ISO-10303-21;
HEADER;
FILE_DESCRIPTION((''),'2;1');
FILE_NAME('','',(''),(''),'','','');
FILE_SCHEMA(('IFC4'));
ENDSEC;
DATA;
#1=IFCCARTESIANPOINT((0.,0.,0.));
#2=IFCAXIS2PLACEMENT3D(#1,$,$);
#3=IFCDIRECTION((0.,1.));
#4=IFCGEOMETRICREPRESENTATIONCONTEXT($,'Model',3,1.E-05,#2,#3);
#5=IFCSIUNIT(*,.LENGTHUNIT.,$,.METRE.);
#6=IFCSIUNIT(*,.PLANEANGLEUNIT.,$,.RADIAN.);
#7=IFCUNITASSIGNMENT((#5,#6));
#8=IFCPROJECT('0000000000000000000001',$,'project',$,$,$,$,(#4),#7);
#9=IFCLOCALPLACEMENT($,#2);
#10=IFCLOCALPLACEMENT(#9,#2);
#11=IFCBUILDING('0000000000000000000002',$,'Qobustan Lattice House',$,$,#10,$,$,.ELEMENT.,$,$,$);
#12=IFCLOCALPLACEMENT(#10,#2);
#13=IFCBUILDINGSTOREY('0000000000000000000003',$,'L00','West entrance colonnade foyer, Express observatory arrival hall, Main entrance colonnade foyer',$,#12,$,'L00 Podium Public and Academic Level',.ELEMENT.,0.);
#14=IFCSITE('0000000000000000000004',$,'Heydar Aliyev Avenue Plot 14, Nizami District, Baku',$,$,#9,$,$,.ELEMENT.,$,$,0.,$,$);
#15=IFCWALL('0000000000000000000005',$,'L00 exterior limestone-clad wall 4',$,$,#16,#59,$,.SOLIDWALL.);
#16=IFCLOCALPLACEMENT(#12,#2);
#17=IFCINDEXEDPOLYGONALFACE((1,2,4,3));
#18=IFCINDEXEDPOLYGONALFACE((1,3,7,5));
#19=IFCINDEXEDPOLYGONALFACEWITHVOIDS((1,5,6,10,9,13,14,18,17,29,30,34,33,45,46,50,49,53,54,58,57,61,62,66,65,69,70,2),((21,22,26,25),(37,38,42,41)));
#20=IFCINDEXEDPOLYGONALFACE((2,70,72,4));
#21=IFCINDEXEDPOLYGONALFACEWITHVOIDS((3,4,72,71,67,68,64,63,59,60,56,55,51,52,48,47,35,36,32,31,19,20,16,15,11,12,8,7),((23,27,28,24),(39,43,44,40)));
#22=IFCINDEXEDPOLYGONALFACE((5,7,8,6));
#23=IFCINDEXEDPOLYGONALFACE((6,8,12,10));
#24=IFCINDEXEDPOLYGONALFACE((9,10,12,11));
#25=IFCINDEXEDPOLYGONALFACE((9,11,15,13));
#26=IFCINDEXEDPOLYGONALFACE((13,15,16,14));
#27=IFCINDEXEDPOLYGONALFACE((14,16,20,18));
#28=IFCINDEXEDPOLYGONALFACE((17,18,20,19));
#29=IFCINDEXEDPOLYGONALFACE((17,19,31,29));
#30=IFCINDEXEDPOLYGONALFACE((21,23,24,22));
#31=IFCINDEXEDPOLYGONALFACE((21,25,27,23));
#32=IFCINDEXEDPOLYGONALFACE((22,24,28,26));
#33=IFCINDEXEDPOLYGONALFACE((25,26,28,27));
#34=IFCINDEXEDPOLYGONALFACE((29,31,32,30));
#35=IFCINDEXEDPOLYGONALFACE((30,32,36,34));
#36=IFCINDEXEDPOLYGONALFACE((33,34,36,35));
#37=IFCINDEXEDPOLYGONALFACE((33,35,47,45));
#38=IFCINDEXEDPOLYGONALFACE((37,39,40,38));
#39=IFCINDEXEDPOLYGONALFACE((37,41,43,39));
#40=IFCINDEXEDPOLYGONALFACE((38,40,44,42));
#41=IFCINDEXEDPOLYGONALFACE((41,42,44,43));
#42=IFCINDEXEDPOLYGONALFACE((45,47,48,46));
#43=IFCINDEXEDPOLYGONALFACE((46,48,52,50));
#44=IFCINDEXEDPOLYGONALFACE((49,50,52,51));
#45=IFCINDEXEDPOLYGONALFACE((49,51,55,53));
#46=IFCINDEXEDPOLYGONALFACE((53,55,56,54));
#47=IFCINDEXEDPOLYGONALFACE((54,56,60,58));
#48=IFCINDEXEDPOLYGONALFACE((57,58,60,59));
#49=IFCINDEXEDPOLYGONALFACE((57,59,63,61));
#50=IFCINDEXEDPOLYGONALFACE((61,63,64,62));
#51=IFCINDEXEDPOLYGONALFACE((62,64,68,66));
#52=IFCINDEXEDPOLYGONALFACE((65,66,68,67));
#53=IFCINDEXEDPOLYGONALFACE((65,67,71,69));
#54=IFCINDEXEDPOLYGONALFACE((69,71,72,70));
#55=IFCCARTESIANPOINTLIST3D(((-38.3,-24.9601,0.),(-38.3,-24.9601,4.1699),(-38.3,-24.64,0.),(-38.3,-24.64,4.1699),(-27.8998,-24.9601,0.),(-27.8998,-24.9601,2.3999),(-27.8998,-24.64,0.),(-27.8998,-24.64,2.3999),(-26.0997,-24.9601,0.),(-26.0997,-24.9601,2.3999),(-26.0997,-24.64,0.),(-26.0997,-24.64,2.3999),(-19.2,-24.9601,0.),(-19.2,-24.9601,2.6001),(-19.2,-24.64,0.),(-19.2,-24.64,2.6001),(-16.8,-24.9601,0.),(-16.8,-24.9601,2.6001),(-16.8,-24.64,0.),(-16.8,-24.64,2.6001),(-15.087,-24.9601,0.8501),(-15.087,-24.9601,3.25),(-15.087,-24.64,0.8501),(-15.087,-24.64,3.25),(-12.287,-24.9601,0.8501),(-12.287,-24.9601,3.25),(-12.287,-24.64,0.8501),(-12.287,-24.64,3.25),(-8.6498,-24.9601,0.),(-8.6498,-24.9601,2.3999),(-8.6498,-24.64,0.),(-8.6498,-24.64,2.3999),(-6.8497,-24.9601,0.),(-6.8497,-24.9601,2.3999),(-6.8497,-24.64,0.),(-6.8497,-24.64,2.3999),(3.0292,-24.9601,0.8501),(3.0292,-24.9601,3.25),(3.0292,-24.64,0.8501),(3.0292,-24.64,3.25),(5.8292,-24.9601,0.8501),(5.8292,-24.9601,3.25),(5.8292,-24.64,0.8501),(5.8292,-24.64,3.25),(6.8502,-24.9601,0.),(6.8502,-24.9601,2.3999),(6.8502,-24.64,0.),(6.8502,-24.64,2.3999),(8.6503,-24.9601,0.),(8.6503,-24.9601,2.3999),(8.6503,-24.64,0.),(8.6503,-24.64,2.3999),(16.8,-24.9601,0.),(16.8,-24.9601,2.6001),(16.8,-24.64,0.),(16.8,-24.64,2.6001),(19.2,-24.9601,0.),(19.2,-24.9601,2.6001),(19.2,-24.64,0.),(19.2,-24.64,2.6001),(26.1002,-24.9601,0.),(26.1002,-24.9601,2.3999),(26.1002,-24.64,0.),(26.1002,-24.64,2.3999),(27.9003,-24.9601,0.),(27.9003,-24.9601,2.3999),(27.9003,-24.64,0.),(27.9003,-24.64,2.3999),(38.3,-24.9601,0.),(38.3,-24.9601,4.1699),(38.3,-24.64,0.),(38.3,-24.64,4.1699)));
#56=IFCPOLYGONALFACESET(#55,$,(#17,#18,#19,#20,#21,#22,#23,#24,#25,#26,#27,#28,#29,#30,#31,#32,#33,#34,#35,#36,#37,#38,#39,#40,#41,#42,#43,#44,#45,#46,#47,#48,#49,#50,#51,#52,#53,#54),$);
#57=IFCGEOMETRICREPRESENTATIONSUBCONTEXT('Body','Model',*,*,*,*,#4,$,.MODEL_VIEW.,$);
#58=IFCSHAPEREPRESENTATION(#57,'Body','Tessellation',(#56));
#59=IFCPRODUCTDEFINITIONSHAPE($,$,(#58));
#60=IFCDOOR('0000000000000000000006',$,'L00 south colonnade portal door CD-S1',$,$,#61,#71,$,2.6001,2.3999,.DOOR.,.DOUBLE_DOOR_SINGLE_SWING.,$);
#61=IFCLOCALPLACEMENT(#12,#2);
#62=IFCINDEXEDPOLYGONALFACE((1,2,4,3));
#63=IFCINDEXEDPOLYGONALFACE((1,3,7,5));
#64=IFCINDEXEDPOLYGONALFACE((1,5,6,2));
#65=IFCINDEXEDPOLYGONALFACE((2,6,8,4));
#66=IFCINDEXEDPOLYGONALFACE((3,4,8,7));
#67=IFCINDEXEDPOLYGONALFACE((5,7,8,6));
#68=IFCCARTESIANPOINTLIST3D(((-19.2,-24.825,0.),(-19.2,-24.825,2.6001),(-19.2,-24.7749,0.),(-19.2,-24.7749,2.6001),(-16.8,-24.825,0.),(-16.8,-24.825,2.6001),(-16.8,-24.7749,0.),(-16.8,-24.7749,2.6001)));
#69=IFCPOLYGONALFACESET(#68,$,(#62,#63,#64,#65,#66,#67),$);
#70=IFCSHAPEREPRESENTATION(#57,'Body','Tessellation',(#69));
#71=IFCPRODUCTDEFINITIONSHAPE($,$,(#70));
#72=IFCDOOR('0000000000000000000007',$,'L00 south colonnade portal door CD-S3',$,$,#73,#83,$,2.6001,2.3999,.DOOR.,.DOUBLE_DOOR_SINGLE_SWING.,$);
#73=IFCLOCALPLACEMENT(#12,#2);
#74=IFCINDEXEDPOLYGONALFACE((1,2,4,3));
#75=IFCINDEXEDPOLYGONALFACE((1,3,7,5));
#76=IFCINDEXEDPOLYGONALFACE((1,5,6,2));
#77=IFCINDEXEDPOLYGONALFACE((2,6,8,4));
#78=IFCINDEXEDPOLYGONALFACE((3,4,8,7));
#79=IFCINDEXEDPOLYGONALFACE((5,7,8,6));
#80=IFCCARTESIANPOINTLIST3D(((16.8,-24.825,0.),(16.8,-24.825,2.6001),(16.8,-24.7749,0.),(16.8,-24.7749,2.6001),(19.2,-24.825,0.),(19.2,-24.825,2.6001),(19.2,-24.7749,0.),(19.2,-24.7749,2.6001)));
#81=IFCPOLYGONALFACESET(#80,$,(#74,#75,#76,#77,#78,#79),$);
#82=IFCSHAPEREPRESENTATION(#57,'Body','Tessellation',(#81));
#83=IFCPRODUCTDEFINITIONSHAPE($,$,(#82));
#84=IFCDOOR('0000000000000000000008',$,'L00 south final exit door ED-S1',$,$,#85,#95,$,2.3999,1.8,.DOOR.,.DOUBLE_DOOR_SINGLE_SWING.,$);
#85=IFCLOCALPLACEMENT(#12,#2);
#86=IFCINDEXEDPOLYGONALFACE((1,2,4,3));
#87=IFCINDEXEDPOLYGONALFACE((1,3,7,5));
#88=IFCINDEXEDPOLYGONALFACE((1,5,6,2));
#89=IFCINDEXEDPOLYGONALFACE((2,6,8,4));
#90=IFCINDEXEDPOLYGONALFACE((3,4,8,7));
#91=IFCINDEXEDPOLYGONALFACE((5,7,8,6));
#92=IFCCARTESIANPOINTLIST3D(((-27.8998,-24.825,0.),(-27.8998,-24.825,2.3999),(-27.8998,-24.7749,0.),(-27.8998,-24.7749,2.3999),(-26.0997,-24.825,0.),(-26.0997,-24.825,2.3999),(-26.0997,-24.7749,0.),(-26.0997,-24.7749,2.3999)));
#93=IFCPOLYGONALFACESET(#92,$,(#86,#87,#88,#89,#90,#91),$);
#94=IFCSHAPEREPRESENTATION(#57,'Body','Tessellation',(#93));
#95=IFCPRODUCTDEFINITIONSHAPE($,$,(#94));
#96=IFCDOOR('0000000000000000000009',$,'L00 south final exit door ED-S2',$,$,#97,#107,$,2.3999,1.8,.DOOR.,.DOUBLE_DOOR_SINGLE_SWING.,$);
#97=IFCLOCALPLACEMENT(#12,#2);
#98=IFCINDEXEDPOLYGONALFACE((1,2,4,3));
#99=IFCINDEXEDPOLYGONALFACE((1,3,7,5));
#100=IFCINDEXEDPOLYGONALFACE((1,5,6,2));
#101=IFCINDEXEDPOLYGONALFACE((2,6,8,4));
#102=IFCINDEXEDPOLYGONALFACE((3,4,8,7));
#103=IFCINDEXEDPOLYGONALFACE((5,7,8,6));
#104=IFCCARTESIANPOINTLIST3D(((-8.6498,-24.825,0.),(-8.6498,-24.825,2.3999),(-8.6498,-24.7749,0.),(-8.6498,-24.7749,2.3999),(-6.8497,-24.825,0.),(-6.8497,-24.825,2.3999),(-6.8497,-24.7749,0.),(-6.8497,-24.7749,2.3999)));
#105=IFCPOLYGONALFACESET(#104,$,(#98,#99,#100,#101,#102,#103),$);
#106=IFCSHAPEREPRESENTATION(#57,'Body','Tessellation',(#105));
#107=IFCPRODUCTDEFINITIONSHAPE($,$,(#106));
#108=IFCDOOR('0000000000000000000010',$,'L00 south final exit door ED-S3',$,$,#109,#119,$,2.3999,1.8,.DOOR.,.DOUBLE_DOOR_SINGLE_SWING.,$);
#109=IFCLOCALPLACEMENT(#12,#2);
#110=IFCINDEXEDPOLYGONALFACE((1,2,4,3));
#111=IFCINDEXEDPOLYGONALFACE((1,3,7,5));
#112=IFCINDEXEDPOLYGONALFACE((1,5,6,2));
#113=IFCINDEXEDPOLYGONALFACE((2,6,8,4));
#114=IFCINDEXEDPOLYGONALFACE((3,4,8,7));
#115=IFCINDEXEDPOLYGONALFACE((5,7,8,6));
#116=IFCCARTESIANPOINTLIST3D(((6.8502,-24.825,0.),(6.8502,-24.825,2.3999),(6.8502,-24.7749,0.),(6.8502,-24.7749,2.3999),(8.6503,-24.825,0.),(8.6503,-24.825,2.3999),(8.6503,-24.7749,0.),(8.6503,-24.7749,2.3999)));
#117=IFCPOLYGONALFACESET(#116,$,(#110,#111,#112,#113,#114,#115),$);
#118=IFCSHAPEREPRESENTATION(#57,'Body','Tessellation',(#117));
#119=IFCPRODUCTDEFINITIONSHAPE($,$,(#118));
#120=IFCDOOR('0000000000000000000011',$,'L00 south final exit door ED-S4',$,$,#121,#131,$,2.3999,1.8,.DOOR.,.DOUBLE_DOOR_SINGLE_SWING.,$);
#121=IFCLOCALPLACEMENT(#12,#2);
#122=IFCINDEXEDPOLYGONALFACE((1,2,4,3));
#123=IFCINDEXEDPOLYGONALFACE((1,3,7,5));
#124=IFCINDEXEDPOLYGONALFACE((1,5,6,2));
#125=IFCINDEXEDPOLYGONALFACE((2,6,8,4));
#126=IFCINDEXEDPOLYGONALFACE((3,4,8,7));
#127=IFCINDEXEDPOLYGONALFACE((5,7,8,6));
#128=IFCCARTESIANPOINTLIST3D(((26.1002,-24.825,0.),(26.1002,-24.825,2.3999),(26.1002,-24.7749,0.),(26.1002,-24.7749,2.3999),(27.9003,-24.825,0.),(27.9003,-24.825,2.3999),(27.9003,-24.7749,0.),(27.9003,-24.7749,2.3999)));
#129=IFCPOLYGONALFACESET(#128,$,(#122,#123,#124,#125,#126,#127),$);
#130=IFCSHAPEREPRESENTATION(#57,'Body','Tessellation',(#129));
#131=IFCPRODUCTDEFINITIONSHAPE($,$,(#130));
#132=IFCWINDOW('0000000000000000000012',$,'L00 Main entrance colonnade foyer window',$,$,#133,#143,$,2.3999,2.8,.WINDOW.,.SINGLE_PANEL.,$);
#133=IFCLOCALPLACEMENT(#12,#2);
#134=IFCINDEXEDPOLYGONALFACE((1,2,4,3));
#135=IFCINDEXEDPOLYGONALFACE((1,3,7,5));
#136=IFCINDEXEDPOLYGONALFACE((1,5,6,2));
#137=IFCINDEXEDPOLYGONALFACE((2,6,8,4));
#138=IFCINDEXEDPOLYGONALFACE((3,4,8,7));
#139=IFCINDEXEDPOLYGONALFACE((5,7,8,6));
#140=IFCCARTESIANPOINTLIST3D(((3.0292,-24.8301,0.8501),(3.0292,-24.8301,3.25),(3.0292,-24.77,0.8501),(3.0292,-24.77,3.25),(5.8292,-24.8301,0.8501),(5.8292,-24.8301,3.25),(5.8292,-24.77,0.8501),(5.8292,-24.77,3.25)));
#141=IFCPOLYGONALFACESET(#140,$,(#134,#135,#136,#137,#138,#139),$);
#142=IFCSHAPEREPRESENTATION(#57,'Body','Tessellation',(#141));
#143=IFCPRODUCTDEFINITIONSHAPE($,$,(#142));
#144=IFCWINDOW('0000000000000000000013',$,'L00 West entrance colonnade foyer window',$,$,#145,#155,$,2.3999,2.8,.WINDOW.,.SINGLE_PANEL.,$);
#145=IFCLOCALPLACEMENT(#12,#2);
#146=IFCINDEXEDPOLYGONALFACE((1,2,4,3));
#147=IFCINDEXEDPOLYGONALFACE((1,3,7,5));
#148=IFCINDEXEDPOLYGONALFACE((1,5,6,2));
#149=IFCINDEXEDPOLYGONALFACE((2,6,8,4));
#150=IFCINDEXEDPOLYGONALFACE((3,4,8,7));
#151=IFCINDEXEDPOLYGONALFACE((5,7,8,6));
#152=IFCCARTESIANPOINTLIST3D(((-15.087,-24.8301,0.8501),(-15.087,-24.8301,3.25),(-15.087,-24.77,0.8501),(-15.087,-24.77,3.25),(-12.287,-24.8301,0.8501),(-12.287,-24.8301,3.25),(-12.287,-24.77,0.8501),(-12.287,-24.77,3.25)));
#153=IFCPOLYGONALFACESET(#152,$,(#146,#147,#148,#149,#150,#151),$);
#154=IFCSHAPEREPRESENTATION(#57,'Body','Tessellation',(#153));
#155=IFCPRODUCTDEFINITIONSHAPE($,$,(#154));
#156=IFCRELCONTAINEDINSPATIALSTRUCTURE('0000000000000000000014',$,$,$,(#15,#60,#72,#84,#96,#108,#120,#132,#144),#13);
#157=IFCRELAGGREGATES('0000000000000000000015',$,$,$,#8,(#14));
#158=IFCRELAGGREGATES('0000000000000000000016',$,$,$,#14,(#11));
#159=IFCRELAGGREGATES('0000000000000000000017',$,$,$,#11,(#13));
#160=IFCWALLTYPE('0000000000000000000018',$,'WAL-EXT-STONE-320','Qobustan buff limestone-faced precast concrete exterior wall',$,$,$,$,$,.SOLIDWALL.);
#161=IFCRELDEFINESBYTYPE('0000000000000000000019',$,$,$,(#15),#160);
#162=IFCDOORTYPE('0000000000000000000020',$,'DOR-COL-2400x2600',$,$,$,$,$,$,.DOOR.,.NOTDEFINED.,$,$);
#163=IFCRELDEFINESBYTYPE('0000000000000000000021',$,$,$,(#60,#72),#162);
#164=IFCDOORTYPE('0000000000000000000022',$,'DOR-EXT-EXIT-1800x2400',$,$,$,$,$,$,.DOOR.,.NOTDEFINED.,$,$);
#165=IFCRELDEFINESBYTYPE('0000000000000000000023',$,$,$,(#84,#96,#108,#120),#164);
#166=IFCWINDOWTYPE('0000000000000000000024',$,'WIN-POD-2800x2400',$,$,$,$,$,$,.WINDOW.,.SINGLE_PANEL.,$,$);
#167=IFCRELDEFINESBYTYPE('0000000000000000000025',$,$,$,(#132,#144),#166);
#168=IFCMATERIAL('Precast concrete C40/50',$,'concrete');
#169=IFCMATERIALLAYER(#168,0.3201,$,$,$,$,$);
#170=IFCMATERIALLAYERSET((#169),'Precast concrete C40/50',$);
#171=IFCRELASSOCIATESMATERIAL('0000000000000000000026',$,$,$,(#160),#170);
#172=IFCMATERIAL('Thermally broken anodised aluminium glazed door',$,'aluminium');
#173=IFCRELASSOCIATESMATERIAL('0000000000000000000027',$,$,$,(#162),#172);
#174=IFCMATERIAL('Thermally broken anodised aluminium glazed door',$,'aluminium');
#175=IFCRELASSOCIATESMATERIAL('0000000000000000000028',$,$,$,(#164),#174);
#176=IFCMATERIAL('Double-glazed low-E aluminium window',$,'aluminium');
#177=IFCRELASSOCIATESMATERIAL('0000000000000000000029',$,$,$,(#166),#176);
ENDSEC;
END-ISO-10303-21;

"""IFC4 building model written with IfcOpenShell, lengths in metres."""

from ifc_helpers import new_model, si_unit, direction, frame, frame_2d, origin, place, context, subcontext, project, spatial, rectangle, extrude, material, layer, layer_set, type_object, element, fill, save


model = new_model("IFC4")

# Units and contexts
model_context = context("Model", 3, precision=1e-05, world=origin(), true_north=direction((0.0, 1.0)))
body_context = subcontext(model_context, "Body", "Model", "MODEL_VIEW")
ifc_project = project(units=[si_unit("LENGTHUNIT", "METRE"), si_unit("PLANEANGLEUNIT", "RADIAN")], contexts=[model_context])

# Site, building, storey
site_placement = place(None, origin())
site = spatial("IfcSite", under=ifc_project, at=site_placement, Name="Heydar Aliyev Avenue Plot 14, Nizami District, Baku", CompositionType="ELEMENT", RefElevation=0.0)
building_placement = place(site_placement, origin())
building = spatial("IfcBuilding", under=site, at=building_placement, Name="Qobustan Lattice House", CompositionType="ELEMENT")
storey_placement = place(building_placement, origin())
storey = spatial("IfcBuildingStorey", under=building, at=storey_placement, Name="L00", Description="West entrance colonnade foyer, Express observatory arrival hall, Main entrance colonnade foyer", LongName="L00 Podium Public and Academic Level", CompositionType="ELEMENT", Elevation=0.0)

# Wall, openings, doors, windows
ifc_material_1 = material(Name="Precast concrete C40/50", Category="concrete")
ifc_layer = layer(ifc_material_1, 0.3201)
ifc_layer_set = layer_set([ifc_layer], Name="Precast concrete C40/50")
wall_type = type_object("IfcWallType", Name="WAL-EXT-STONE-320", Description="Qobustan buff limestone-faced precast concrete exterior wall", PredefinedType="SOLIDWALL", material=ifc_layer_set)
wall_placement = place(storey_placement, frame((38.3, -24.8, 0.0), z_axis=(0.0, 0.0, 1.0), x_axis=(-1.0, 0.0, 0.0)))
wall = element("IfcWall", 1, at=wall_placement, inside=storey, type_object=wall_type, Name="L00 exterior limestone-clad wall 4", PredefinedType="SOLIDWALL", context=body_context, shape_type="SweptSolid", body=[
    extrude(rectangle(XDim=76.6001, YDim=0.3201, at=frame_2d((38.3, 0.0))), origin(), (0.0, 0.0, 1.0), 4.1699),
])
opening_1_placement = place(wall_placement, frame((64.3999, 0.0, 0.0)))
opening_1 = element("IfcOpeningElement", 2, at=opening_1_placement, cuts=wall, PredefinedType="OPENING", context=body_context, shape_type="SweptSolid", body=[
    extrude(rectangle(XDim=1.8, YDim=2.3999, at=frame_2d((0.8999, 1.2))), frame((0.0, 0.1699, 0.0), z_axis=(0.0, -1.0, 0.0), x_axis=(1.0, 0.0, 0.0)), (0.0, 0.0, 1.0), 0.3401),
])
opening_2_placement = place(wall_placement, frame((45.1499, 0.0, 0.0)))
opening_2 = element("IfcOpeningElement", 3, at=opening_2_placement, cuts=wall, PredefinedType="OPENING", context=body_context, shape_type="SweptSolid", body=[
    extrude(rectangle(XDim=1.8, YDim=2.3999, at=frame_2d((0.8999, 1.2))), frame((0.0, 0.1699, 0.0), z_axis=(0.0, -1.0, 0.0), x_axis=(1.0, 0.0, 0.0)), (0.0, 0.0, 1.0), 0.3401),
])
opening_3_placement = place(wall_placement, frame((29.6499, 0.0, 0.0)))
opening_3 = element("IfcOpeningElement", 4, at=opening_3_placement, cuts=wall, PredefinedType="OPENING", context=body_context, shape_type="SweptSolid", body=[
    extrude(rectangle(XDim=1.8, YDim=2.3999, at=frame_2d((0.8999, 1.2))), frame((0.0, 0.1699, 0.0), z_axis=(0.0, -1.0, 0.0), x_axis=(1.0, 0.0, 0.0)), (0.0, 0.0, 1.0), 0.3401),
])
opening_4_placement = place(wall_placement, frame((10.3999, 0.0, 0.0)))
opening_4 = element("IfcOpeningElement", 5, at=opening_4_placement, cuts=wall, PredefinedType="OPENING", context=body_context, shape_type="SweptSolid", body=[
    extrude(rectangle(XDim=1.8, YDim=2.3999, at=frame_2d((0.8999, 1.2))), frame((0.0, 0.1699, 0.0), z_axis=(0.0, -1.0, 0.0), x_axis=(1.0, 0.0, 0.0)), (0.0, 0.0, 1.0), 0.3401),
])
opening_5_placement = place(wall_placement, frame((55.1001, 0.0, 0.0)))
opening_5 = element("IfcOpeningElement", 6, at=opening_5_placement, cuts=wall, PredefinedType="OPENING", context=body_context, shape_type="SweptSolid", body=[
    extrude(rectangle(XDim=2.3999, YDim=2.6001, at=frame_2d((1.2, 1.3))), frame((0.0, 0.1699, 0.0), z_axis=(0.0, -1.0, 0.0), x_axis=(1.0, 0.0, 0.0)), (0.0, 0.0, 1.0), 0.3401),
])
opening_6_placement = place(wall_placement, frame((19.1001, 0.0, 0.0)))
opening_6 = element("IfcOpeningElement", 7, at=opening_6_placement, cuts=wall, PredefinedType="OPENING", context=body_context, shape_type="SweptSolid", body=[
    extrude(rectangle(XDim=2.3999, YDim=2.6001, at=frame_2d((1.2, 1.3))), frame((0.0, 0.1699, 0.0), z_axis=(0.0, -1.0, 0.0), x_axis=(1.0, 0.0, 0.0)), (0.0, 0.0, 1.0), 0.3401),
])
opening_7_placement = place(wall_placement, frame((32.4709, 0.0, 0.8501)))
opening_7 = element("IfcOpeningElement", 8, at=opening_7_placement, cuts=wall, PredefinedType="OPENING", context=body_context, shape_type="SweptSolid", body=[
    extrude(rectangle(XDim=2.8, YDim=2.3999, at=frame_2d((1.3999, 1.2))), frame((0.0, 0.1699, 0.0), z_axis=(0.0, -1.0, 0.0), x_axis=(1.0, 0.0, 0.0)), (0.0, 0.0, 1.0), 0.3401),
])
opening_8_placement = place(wall_placement, frame((50.5872, 0.0, 0.8501)))
opening_8 = element("IfcOpeningElement", 9, at=opening_8_placement, cuts=wall, PredefinedType="OPENING", context=body_context, shape_type="SweptSolid", body=[
    extrude(rectangle(XDim=2.8, YDim=2.3999, at=frame_2d((1.3999, 1.2))), frame((0.0, 0.1699, 0.0), z_axis=(0.0, -1.0, 0.0), x_axis=(1.0, 0.0, 0.0)), (0.0, 0.0, 1.0), 0.3401),
])
ifc_material_2 = material(Name="Thermally broken anodised aluminium glazed door", Category="aluminium")
door_type_1 = type_object("IfcDoorType", Name="DOR-COL-2400x2600", OperationType="NOTDEFINED", PredefinedType="DOOR", material=ifc_material_2)
door_1_placement = place(opening_5_placement, origin())
door_1 = element("IfcDoor", 10, at=door_1_placement, inside=storey, type_object=door_type_1, Name="L00 south colonnade portal door CD-S1", OperationType="DOUBLE_DOOR_SINGLE_SWING", OverallHeight=2.6001, OverallWidth=2.3999, PredefinedType="DOOR", context=body_context, shape_type="SweptSolid", body=[
    extrude(rectangle(XDim=2.3999, YDim=2.6001, at=frame_2d((1.2, 1.3))), frame((0.0, 0.0249, 0.0), z_axis=(0.0, -1.0, 0.0), x_axis=(1.0, 0.0, 0.0)), (0.0, 0.0, 1.0), 0.05),
])
fill(opening_5, door_1)
door_2_placement = place(opening_6_placement, origin())
door_2 = element("IfcDoor", 11, at=door_2_placement, inside=storey, type_object=door_type_1, Name="L00 south colonnade portal door CD-S3", OperationType="DOUBLE_DOOR_SINGLE_SWING", OverallHeight=2.6001, OverallWidth=2.3999, PredefinedType="DOOR", context=body_context, shape_type="SweptSolid", body=[
    extrude(rectangle(XDim=2.3999, YDim=2.6001, at=frame_2d((1.2, 1.3))), frame((0.0, 0.0249, 0.0), z_axis=(0.0, -1.0, 0.0), x_axis=(1.0, 0.0, 0.0)), (0.0, 0.0, 1.0), 0.05),
])
fill(opening_6, door_2)
ifc_material_3 = material(Name="Thermally broken anodised aluminium glazed door", Category="aluminium")
door_type_2 = type_object("IfcDoorType", Name="DOR-EXT-EXIT-1800x2400", OperationType="NOTDEFINED", PredefinedType="DOOR", material=ifc_material_3)
door_3_placement = place(opening_1_placement, origin())
door_3 = element("IfcDoor", 12, at=door_3_placement, inside=storey, type_object=door_type_2, Name="L00 south final exit door ED-S1", OperationType="DOUBLE_DOOR_SINGLE_SWING", OverallHeight=2.3999, OverallWidth=1.8, PredefinedType="DOOR", context=body_context, shape_type="SweptSolid", body=[
    extrude(rectangle(XDim=1.8, YDim=2.3999, at=frame_2d((0.8999, 1.2))), frame((0.0, 0.0249, 0.0), z_axis=(0.0, -1.0, 0.0), x_axis=(1.0, 0.0, 0.0)), (0.0, 0.0, 1.0), 0.05),
])
fill(opening_1, door_3)
door_4_placement = place(opening_2_placement, origin())
door_4 = element("IfcDoor", 13, at=door_4_placement, inside=storey, type_object=door_type_2, Name="L00 south final exit door ED-S2", OperationType="DOUBLE_DOOR_SINGLE_SWING", OverallHeight=2.3999, OverallWidth=1.8, PredefinedType="DOOR", context=body_context, shape_type="SweptSolid", body=[
    extrude(rectangle(XDim=1.8, YDim=2.3999, at=frame_2d((0.8999, 1.2))), frame((0.0, 0.0249, 0.0), z_axis=(0.0, -1.0, 0.0), x_axis=(1.0, 0.0, 0.0)), (0.0, 0.0, 1.0), 0.05),
])
fill(opening_2, door_4)
door_5_placement = place(opening_3_placement, origin())
door_5 = element("IfcDoor", 14, at=door_5_placement, inside=storey, type_object=door_type_2, Name="L00 south final exit door ED-S3", OperationType="DOUBLE_DOOR_SINGLE_SWING", OverallHeight=2.3999, OverallWidth=1.8, PredefinedType="DOOR", context=body_context, shape_type="SweptSolid", body=[
    extrude(rectangle(XDim=1.8, YDim=2.3999, at=frame_2d((0.8999, 1.2))), frame((0.0, 0.0249, 0.0), z_axis=(0.0, -1.0, 0.0), x_axis=(1.0, 0.0, 0.0)), (0.0, 0.0, 1.0), 0.05),
])
fill(opening_3, door_5)
door_6_placement = place(opening_4_placement, origin())
door_6 = element("IfcDoor", 15, at=door_6_placement, inside=storey, type_object=door_type_2, Name="L00 south final exit door ED-S4", OperationType="DOUBLE_DOOR_SINGLE_SWING", OverallHeight=2.3999, OverallWidth=1.8, PredefinedType="DOOR", context=body_context, shape_type="SweptSolid", body=[
    extrude(rectangle(XDim=1.8, YDim=2.3999, at=frame_2d((0.8999, 1.2))), frame((0.0, 0.0249, 0.0), z_axis=(0.0, -1.0, 0.0), x_axis=(1.0, 0.0, 0.0)), (0.0, 0.0, 1.0), 0.05),
])
fill(opening_4, door_6)
ifc_material_4 = material(Name="Double-glazed low-E aluminium window", Category="aluminium")
window_type = type_object("IfcWindowType", Name="WIN-POD-2800x2400", PartitioningType="SINGLE_PANEL", PredefinedType="WINDOW", material=ifc_material_4)
window_1_placement = place(opening_7_placement, origin())
window_1 = element("IfcWindow", 16, at=window_1_placement, inside=storey, type_object=window_type, Name="L00 Main entrance colonnade foyer window", OverallHeight=2.3999, OverallWidth=2.8, PartitioningType="SINGLE_PANEL", PredefinedType="WINDOW", context=body_context, shape_type="SweptSolid", body=[
    extrude(rectangle(XDim=2.8, YDim=2.3999, at=frame_2d((1.3999, 1.2))), frame((0.0, 0.03, 0.0), z_axis=(0.0, -1.0, 0.0), x_axis=(1.0, 0.0, 0.0)), (0.0, 0.0, 1.0), 0.0601),
])
fill(opening_7, window_1)
window_2_placement = place(opening_8_placement, origin())
window_2 = element("IfcWindow", 17, at=window_2_placement, inside=storey, type_object=window_type, Name="L00 West entrance colonnade foyer window", OverallHeight=2.3999, OverallWidth=2.8, PartitioningType="SINGLE_PANEL", PredefinedType="WINDOW", context=body_context, shape_type="SweptSolid", body=[
    extrude(rectangle(XDim=2.8, YDim=2.3999, at=frame_2d((1.3999, 1.2))), frame((0.0, 0.03, 0.0), z_axis=(0.0, -1.0, 0.0), x_axis=(1.0, 0.0, 0.0)), (0.0, 0.0, 1.0), 0.0601),
])
fill(opening_8, window_2)

save(model, "model.ifc")
